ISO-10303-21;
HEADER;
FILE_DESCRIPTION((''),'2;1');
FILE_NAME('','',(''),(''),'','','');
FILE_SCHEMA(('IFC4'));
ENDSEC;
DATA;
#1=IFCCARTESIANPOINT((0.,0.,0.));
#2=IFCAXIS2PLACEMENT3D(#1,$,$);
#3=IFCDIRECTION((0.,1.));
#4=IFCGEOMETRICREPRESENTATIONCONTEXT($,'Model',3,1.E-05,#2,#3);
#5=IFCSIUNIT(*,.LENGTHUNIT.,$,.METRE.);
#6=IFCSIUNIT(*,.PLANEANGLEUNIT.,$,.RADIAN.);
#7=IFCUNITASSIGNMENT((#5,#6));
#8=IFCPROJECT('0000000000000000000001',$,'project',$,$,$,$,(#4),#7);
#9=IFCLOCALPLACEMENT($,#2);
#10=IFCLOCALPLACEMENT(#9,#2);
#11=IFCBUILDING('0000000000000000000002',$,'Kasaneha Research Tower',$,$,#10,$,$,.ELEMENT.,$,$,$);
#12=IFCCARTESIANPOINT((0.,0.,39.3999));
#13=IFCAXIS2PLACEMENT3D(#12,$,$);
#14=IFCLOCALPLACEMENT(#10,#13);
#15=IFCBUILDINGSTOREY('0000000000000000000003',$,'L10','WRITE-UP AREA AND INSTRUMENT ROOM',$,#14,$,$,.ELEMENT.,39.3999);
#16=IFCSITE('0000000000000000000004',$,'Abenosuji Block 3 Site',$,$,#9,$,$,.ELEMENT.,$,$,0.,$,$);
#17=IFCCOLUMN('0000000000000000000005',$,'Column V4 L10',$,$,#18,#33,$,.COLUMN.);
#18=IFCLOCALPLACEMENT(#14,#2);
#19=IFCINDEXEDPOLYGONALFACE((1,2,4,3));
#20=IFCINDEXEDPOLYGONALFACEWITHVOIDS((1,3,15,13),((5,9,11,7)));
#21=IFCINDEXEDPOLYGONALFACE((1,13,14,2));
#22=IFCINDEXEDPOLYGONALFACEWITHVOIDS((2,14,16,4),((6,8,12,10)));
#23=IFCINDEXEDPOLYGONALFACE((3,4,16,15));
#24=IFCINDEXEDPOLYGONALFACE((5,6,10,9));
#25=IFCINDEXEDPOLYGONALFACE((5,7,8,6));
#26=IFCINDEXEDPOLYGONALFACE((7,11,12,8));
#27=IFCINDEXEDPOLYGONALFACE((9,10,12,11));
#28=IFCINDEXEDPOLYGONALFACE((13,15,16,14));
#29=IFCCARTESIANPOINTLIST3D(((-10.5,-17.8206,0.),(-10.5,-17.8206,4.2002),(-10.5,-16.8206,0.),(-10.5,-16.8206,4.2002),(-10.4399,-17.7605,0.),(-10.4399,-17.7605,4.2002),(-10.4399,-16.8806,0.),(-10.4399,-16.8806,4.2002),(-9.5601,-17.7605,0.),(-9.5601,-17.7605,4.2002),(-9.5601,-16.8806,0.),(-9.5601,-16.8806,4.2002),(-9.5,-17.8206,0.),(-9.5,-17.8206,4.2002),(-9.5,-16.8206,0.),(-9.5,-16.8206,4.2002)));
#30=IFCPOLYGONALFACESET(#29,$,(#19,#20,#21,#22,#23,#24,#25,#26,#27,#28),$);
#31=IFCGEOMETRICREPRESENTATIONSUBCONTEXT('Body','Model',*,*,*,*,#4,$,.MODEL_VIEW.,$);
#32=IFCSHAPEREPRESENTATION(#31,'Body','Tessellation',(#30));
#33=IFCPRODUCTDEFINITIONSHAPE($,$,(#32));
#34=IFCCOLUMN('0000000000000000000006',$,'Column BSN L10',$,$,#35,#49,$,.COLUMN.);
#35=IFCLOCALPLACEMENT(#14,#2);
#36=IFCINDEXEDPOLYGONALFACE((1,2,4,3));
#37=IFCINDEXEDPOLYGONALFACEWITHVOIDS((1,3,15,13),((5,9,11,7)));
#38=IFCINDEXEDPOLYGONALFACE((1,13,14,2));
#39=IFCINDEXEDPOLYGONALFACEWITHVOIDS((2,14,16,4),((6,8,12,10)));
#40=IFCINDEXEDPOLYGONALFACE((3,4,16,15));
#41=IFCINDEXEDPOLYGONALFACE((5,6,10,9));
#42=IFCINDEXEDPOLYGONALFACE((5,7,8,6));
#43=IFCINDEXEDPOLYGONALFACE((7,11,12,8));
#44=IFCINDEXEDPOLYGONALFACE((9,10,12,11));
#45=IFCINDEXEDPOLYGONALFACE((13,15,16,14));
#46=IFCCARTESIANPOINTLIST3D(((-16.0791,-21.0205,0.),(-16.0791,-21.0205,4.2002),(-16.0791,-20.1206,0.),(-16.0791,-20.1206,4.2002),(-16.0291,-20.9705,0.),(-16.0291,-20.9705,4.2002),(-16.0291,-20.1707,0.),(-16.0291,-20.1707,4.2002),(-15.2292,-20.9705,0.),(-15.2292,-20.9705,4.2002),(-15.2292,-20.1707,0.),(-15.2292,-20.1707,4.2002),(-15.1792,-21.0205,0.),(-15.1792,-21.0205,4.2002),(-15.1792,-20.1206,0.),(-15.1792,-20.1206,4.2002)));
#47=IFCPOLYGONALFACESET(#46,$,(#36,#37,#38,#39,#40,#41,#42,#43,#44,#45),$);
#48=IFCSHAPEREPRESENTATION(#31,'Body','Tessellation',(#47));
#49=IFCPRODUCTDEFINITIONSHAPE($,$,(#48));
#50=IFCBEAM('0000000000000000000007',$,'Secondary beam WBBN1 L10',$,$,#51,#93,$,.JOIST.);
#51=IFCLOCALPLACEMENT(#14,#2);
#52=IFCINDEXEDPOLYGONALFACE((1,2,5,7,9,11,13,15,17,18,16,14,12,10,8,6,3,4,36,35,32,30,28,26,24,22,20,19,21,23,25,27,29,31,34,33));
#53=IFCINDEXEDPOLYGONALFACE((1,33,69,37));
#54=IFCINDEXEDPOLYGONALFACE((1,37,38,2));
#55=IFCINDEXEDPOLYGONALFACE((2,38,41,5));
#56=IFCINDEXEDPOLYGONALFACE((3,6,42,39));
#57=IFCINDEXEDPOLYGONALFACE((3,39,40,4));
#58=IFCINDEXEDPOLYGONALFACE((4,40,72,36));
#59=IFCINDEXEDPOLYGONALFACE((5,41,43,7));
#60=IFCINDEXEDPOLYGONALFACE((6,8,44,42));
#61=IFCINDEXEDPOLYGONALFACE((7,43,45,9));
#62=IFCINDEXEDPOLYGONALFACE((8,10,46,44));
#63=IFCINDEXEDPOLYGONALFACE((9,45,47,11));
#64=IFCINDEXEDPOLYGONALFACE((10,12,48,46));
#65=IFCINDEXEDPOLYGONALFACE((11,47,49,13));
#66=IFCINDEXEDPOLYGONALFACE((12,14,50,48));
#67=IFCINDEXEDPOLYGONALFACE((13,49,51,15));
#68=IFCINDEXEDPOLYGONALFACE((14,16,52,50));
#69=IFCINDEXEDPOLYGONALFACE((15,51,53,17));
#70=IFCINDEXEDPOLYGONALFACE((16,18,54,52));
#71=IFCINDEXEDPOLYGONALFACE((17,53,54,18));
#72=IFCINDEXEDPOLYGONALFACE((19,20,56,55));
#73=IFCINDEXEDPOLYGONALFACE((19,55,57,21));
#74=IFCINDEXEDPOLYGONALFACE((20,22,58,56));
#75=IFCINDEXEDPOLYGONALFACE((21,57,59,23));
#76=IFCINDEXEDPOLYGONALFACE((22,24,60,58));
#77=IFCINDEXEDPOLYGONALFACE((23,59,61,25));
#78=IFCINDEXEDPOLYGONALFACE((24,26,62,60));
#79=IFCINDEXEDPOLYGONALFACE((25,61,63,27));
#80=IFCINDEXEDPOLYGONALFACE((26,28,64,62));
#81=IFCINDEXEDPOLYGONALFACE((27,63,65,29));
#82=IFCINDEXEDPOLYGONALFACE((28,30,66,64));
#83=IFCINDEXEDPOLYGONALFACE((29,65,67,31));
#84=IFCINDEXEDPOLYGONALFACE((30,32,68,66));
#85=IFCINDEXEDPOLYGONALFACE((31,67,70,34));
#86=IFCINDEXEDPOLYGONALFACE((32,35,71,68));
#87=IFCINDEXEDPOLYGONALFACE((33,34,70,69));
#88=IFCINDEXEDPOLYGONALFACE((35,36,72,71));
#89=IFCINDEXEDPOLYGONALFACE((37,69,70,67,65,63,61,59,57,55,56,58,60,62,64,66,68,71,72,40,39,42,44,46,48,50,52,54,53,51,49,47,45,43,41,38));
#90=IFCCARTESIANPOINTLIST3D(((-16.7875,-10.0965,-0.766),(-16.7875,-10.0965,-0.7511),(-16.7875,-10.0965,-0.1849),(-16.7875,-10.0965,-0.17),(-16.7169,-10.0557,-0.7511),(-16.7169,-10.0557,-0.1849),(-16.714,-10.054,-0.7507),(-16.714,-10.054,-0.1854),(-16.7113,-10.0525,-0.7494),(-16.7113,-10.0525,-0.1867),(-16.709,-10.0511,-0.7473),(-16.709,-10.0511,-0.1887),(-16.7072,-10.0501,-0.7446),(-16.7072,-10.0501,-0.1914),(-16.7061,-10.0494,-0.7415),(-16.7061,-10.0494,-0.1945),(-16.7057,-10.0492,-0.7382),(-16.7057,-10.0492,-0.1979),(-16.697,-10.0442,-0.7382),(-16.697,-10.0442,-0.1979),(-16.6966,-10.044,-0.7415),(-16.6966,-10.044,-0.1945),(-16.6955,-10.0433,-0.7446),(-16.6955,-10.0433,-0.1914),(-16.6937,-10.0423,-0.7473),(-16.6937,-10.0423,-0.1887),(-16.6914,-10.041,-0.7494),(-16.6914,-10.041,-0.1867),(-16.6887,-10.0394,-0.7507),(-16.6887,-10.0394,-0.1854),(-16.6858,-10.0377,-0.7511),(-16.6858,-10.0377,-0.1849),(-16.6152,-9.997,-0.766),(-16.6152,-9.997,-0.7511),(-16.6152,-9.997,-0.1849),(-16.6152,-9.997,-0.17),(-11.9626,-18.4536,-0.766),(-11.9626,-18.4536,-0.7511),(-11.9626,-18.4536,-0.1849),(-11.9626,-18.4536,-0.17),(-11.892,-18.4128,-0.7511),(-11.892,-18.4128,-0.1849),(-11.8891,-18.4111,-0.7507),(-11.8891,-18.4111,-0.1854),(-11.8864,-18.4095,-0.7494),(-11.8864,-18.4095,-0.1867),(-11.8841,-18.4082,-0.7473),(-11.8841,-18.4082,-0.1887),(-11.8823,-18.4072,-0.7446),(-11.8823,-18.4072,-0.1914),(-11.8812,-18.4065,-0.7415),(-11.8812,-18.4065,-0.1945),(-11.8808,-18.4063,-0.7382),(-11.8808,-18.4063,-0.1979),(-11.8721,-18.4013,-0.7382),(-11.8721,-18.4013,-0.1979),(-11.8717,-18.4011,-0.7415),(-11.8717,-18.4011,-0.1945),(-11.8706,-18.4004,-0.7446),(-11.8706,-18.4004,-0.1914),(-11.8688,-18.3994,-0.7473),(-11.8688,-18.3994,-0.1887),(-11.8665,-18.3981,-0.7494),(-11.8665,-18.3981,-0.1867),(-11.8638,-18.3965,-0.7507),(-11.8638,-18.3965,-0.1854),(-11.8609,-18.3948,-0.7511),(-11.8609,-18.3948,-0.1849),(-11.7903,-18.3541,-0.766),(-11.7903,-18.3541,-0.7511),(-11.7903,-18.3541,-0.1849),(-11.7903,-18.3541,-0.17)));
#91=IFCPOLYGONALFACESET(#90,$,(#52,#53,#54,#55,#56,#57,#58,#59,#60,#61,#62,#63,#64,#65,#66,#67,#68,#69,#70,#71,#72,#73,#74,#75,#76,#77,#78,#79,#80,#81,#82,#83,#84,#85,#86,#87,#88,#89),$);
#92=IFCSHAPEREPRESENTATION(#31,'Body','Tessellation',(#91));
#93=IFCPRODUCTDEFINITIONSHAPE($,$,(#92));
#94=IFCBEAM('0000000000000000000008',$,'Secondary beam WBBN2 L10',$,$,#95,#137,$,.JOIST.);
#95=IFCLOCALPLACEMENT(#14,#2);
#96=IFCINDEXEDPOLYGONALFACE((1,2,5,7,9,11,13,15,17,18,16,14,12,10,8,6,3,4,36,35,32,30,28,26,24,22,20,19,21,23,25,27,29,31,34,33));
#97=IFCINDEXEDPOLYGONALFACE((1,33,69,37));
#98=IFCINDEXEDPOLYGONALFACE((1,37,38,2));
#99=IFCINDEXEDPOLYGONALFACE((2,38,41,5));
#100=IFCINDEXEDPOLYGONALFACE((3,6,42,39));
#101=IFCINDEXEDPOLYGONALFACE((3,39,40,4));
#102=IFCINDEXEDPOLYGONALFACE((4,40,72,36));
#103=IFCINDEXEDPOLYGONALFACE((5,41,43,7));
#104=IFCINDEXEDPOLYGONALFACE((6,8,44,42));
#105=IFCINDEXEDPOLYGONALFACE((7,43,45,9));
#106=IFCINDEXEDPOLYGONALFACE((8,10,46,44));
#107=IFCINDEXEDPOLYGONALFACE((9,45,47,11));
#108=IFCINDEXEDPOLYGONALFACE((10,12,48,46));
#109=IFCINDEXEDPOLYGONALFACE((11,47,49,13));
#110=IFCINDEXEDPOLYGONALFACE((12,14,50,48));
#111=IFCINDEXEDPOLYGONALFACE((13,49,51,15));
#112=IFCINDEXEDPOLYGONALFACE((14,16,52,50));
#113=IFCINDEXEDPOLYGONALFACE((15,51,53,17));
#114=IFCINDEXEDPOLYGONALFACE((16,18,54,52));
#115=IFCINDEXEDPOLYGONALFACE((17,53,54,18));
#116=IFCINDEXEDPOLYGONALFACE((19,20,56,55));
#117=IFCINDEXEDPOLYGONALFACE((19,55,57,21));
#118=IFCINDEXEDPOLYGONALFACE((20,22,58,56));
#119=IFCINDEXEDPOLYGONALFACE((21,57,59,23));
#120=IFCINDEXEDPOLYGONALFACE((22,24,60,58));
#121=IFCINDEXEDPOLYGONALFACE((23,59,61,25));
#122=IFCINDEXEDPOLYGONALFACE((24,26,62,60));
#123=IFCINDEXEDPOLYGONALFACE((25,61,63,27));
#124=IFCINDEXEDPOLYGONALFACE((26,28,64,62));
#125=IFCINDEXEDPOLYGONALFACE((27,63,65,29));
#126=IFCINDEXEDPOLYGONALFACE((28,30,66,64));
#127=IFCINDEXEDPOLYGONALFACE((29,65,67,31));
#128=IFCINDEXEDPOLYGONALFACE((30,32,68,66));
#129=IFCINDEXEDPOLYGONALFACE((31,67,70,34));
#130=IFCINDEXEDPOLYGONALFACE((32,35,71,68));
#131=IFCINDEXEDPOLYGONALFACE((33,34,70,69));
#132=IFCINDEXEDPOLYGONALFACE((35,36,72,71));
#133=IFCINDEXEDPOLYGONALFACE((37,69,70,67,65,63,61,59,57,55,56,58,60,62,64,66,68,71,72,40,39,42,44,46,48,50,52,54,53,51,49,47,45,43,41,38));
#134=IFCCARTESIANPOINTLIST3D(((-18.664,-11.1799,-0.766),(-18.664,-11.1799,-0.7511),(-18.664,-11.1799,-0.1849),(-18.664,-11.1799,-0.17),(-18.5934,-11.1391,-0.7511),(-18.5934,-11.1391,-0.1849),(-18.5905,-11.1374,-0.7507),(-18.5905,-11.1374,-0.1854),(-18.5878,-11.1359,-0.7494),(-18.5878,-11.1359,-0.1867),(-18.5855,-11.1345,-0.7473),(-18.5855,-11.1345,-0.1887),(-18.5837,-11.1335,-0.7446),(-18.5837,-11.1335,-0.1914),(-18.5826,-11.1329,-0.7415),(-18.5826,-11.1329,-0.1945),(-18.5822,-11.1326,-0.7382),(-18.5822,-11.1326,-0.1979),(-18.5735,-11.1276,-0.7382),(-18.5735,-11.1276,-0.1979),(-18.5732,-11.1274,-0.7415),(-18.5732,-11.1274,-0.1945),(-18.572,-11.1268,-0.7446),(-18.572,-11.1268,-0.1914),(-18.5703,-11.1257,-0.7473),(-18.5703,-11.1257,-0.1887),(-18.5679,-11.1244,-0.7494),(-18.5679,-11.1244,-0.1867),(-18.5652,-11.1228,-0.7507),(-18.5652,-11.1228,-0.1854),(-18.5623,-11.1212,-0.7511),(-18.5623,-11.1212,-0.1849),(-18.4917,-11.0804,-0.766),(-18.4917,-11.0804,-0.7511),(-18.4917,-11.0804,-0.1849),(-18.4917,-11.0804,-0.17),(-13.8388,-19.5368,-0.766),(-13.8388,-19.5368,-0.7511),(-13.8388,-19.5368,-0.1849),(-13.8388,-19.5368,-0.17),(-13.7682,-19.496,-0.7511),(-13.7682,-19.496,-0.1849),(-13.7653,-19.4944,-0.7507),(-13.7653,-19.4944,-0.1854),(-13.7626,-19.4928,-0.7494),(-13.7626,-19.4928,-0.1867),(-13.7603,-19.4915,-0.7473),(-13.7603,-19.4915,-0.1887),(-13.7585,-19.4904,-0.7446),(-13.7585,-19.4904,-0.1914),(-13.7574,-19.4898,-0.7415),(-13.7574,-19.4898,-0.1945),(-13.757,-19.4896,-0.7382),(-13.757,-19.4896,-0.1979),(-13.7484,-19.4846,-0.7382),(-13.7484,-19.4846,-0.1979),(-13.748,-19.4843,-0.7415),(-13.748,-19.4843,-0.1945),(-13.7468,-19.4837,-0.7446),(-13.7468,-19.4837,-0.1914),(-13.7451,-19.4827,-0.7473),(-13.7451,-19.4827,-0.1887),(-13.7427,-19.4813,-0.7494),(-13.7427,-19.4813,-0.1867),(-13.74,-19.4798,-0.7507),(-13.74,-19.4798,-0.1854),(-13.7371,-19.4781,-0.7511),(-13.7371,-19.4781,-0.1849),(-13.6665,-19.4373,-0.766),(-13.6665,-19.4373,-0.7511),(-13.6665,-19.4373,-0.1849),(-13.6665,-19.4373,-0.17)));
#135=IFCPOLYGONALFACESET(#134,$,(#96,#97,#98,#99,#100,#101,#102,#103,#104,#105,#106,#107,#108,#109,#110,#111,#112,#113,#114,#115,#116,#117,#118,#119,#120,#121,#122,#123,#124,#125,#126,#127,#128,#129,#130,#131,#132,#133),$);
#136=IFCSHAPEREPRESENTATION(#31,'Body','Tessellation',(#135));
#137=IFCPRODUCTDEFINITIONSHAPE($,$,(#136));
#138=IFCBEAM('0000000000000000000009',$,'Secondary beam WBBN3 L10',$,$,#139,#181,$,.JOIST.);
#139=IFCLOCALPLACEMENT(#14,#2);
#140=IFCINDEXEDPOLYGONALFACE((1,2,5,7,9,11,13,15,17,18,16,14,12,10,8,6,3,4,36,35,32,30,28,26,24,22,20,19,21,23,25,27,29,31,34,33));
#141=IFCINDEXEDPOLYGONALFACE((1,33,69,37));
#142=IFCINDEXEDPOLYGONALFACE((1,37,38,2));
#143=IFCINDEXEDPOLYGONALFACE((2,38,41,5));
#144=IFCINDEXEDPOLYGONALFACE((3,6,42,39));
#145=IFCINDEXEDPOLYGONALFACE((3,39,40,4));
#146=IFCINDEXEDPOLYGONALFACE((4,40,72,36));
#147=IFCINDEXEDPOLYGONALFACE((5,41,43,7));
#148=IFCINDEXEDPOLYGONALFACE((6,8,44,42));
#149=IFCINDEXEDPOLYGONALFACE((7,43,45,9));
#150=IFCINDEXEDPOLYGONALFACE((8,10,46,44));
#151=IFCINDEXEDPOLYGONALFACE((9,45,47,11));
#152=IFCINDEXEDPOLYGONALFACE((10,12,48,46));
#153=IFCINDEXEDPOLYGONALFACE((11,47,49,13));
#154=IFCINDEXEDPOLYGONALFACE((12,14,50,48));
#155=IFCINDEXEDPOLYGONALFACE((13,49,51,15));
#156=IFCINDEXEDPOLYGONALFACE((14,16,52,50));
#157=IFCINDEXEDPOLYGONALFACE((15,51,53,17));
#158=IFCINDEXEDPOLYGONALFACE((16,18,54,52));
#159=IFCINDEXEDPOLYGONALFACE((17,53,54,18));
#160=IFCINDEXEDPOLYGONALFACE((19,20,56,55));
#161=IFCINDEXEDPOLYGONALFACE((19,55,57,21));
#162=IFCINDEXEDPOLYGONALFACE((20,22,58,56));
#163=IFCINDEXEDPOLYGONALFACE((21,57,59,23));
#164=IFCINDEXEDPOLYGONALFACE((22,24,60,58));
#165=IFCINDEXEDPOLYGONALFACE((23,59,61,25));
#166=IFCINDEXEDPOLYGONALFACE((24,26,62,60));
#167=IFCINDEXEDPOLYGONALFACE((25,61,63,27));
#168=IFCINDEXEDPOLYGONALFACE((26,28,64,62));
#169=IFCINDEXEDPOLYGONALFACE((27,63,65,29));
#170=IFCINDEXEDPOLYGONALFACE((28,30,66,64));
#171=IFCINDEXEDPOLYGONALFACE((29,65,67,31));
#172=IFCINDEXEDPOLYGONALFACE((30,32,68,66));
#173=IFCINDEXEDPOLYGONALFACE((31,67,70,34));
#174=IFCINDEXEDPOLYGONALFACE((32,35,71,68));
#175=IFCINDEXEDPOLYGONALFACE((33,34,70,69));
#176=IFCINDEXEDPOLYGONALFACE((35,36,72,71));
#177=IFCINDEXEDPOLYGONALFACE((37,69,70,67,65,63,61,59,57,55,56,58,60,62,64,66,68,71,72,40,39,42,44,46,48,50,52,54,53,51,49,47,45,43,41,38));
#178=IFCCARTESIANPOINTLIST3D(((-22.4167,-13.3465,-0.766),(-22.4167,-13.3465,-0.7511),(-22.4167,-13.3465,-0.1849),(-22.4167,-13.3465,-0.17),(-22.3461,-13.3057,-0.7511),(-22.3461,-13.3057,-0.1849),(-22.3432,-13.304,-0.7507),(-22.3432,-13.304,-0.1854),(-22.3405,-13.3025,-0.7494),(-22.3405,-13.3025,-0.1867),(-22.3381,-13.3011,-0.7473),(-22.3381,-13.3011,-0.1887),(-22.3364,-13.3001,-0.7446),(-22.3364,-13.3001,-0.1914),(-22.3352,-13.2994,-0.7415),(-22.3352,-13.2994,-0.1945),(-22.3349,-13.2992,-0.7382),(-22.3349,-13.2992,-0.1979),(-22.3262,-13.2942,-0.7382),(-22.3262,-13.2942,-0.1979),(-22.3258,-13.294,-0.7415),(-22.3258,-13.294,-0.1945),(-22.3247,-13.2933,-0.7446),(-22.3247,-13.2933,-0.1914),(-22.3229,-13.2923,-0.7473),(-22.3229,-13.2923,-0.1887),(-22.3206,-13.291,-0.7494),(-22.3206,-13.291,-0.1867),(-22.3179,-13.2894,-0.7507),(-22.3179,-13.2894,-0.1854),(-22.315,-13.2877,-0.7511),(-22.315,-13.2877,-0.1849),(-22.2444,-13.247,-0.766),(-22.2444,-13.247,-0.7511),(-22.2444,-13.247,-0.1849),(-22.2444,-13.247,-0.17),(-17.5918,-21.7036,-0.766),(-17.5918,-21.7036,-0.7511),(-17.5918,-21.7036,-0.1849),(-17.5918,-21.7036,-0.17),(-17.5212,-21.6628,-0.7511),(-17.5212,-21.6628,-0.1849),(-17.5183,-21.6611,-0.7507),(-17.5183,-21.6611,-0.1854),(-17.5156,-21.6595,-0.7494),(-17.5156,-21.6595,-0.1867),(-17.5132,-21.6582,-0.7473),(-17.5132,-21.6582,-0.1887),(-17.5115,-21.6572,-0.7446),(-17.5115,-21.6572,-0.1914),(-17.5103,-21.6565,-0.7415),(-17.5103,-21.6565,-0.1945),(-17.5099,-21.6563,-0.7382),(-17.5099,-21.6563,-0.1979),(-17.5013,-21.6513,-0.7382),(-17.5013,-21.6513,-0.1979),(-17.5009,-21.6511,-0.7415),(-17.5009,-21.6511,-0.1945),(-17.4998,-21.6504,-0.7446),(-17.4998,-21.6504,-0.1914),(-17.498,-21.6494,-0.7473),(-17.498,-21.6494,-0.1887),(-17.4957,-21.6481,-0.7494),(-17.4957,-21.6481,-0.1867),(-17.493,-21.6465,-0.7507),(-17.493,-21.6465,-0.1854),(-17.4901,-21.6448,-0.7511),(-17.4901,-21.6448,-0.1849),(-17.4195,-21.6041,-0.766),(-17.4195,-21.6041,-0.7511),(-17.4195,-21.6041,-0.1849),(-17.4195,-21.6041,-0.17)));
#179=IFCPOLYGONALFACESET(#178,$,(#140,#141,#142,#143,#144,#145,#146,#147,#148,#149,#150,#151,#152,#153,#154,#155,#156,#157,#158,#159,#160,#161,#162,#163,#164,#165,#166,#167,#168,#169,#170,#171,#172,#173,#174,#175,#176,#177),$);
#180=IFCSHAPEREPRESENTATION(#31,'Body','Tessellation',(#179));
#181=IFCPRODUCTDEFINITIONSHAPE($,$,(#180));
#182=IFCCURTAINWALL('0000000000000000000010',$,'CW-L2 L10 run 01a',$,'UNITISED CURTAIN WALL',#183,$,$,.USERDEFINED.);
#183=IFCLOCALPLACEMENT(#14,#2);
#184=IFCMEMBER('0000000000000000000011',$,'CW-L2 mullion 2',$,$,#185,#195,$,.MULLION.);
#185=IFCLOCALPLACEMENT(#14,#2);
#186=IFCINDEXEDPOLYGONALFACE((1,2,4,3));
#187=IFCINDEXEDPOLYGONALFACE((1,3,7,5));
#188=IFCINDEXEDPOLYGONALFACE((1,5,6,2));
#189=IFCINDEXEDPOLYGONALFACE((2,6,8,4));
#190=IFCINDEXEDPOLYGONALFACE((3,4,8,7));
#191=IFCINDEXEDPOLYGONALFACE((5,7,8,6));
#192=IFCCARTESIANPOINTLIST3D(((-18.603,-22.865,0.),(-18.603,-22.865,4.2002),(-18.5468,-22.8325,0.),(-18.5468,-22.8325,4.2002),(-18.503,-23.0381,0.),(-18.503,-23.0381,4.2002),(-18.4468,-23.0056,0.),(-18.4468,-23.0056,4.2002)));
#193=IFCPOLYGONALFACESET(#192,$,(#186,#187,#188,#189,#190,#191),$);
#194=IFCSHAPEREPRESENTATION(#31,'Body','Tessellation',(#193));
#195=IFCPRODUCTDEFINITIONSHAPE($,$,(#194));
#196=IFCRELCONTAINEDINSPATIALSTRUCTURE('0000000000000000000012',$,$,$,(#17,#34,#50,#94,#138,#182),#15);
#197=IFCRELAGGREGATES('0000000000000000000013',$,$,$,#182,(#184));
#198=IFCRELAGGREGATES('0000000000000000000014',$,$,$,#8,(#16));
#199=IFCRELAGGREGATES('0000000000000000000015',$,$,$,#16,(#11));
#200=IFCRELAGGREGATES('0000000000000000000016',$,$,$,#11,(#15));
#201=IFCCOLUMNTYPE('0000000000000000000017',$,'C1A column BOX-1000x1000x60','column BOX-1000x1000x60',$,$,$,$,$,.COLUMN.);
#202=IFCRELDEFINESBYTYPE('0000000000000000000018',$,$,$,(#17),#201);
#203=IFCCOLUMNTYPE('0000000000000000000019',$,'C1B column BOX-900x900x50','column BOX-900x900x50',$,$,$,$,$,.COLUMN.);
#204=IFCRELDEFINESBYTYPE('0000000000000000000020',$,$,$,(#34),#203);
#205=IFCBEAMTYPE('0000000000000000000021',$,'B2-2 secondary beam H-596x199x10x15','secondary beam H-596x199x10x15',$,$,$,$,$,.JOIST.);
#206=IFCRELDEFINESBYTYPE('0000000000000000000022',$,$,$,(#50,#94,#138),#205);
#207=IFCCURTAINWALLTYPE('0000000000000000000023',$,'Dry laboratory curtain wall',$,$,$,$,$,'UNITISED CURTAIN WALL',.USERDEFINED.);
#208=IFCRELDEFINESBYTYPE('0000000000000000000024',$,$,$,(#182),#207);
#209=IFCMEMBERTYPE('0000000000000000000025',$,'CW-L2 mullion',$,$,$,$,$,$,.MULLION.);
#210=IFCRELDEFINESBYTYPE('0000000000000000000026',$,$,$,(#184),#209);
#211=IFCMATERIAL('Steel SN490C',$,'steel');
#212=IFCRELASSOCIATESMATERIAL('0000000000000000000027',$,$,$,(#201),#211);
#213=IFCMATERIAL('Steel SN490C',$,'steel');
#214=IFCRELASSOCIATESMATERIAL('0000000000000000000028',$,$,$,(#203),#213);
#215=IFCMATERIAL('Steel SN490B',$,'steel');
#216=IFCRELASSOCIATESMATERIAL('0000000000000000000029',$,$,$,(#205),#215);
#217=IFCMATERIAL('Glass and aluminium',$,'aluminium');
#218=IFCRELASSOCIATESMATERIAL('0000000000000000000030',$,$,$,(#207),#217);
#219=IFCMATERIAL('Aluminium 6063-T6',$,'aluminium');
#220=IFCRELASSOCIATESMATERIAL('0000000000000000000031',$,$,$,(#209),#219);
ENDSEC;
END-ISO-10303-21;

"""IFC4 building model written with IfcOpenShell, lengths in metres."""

from ifc_helpers import new_model, si_unit, direction, frame, origin, origin_2d, place, context, subcontext, project, spatial, rectangle, hollow_rectangle, i_section, extrude, material, material_profile, profile_set, type_object, element, aggregate, save


model = new_model("IFC4")

# Units and contexts
model_context = context("Model", 3, precision=1e-05, world=origin(), true_north=direction((0.0, 1.0)))
body_context = subcontext(model_context, "Body", "Model", "MODEL_VIEW")
ifc_project = project(units=[si_unit("LENGTHUNIT", "METRE"), si_unit("PLANEANGLEUNIT", "RADIAN")], contexts=[model_context])

# Site, building, storey
site_placement = place(None, origin())
site = spatial("IfcSite", under=ifc_project, at=site_placement, Name="Abenosuji Block 3 Site", CompositionType="ELEMENT", RefElevation=0.0)
building_placement = place(site_placement, origin())
building = spatial("IfcBuilding", under=site, at=building_placement, Name="Kasaneha Research Tower", CompositionType="ELEMENT")
storey_placement = place(building_placement, frame((0.0, 0.0, 39.3999)))
storey = spatial("IfcBuildingStorey", under=building, at=storey_placement, Name="L10", Description="WRITE-UP AREA AND INSTRUMENT ROOM", CompositionType="ELEMENT", Elevation=39.3999)

# Columns
ifc_material_1 = material(Name="Steel SN490C", Category="steel")
ifc_material_profile_1 = material_profile(ifc_material_1, hollow_rectangle(XDim=1.0, YDim=1.0, WallThickness=0.0601, at=origin_2d()), Name="BOX-1000x1000x60")
ifc_profile_set_1 = profile_set([ifc_material_profile_1], Name="Steel SN490C")
column_type_1 = type_object("IfcColumnType", Name="C1A column BOX-1000x1000x60", Description="column BOX-1000x1000x60", PredefinedType="COLUMN", material=ifc_profile_set_1)
column_1_placement = place(storey_placement, frame((-10.0, -17.3206, 0.0), z_axis=(0.0, 0.0, 1.0), x_axis=(1.0, 0.0, 0.0)))
element("IfcColumn", 1, at=column_1_placement, inside=storey, type_object=column_type_1, Name="Column V4 L10", PredefinedType="COLUMN", context=body_context, shape_type="SweptSolid", body=[
    extrude(hollow_rectangle(XDim=1.0, YDim=1.0, WallThickness=0.0601, at=origin_2d()), origin(), (0.0, 0.0, 1.0), 4.2002),
])
ifc_material_2 = material(Name="Steel SN490C", Category="steel")
ifc_material_profile_2 = material_profile(ifc_material_2, hollow_rectangle(XDim=0.8999, YDim=0.8999, WallThickness=0.05, at=origin_2d()), Name="BOX-900x900x50")
ifc_profile_set_2 = profile_set([ifc_material_profile_2], Name="Steel SN490C")
column_type_2 = type_object("IfcColumnType", Name="C1B column BOX-900x900x50", Description="column BOX-900x900x50", PredefinedType="COLUMN", material=ifc_profile_set_2)
column_2_placement = place(storey_placement, frame((-15.6292, -20.5706, 0.0), z_axis=(0.0, 0.0, 1.0), x_axis=(1.0, 0.0, 0.0)))
element("IfcColumn", 2, at=column_2_placement, inside=storey, type_object=column_type_2, Name="Column BSN L10", PredefinedType="COLUMN", context=body_context, shape_type="SweptSolid", body=[
    extrude(hollow_rectangle(XDim=0.8999, YDim=0.8999, WallThickness=0.05, at=origin_2d()), origin(), (0.0, 0.0, 1.0), 4.2002),
])

# Beams
ifc_material_3 = material(Name="Steel SN490B", Category="steel")
ifc_material_profile_3 = material_profile(ifc_material_3, i_section(OverallWidth=0.199, OverallDepth=0.5959, WebThickness=0.01, FlangeThickness=0.0149, FilletRadius=0.0129, at=origin_2d()), Name="H-596x199x10x15")
ifc_profile_set_3 = profile_set([ifc_material_profile_3], Name="Steel SN490B")
beam_type_1 = type_object("IfcBeamType", Name="B2-2 secondary beam H-596x199x10x15", Description="secondary beam H-596x199x10x15", PredefinedType="JOIST", material=ifc_profile_set_3)
for number, where, z_axis, x_axis, name in (
    (3, (-11.8765, -18.4038, -0.468), (-0.499995, 0.866028, 0.0), (-0.866028, -0.499995, 0.0), "Secondary beam WBBN1 L10"),
    (4, (-13.7527, -19.4871, -0.468), (-0.500025, 0.866011, 0.0), (-0.866011, -0.500025, 0.0), "Secondary beam WBBN2 L10"),
    (5, (-17.5056, -21.6538, -0.468), (-0.499995, 0.866028, 0.0), (-0.866028, -0.499995, 0.0), "Secondary beam WBBN3 L10"),
):
    element("IfcBeam", number, at=place(storey_placement, frame(where, z_axis=z_axis, x_axis=x_axis)), inside=storey, type_object=beam_type_1, Name=name, PredefinedType="JOIST", context=body_context, shape_type="SweptSolid", body=[
        extrude(i_section(OverallWidth=0.199, OverallDepth=0.5959, WebThickness=0.01, FlangeThickness=0.0149, FilletRadius=0.0129, at=origin_2d()), origin(), (0.0, 0.0, 1.0), 9.6499),
    ])

# Curtain wall, member
ifc_material_4 = material(Name="Glass and aluminium", Category="aluminium")
curtain_wall_type = type_object("IfcCurtainWallType", Name="Dry laboratory curtain wall", ElementType="UNITISED CURTAIN WALL", PredefinedType="USERDEFINED", material=ifc_material_4)
curtain_wall_1_placement = place(storey_placement, origin())
curtain_wall_1 = element("IfcCurtainWall", 6, at=curtain_wall_1_placement, inside=storey, type_object=curtain_wall_type, Name="CW-L2 L10 run 01a", ObjectType="UNITISED CURTAIN WALL", PredefinedType="USERDEFINED")
ifc_material_5 = material(Name="Aluminium 6063-T6", Category="aluminium")
ifc_material_profile_4 = material_profile(ifc_material_5, rectangle(XDim=0.0649, YDim=0.2, at=origin_2d()), Name="CW-L2 mullion 65x200")
ifc_profile_set_4 = profile_set([ifc_material_profile_4], Name="Aluminium 6063-T6")
member_type_1 = type_object("IfcMemberType", Name="CW-L2 mullion", PredefinedType="MULLION", material=ifc_profile_set_4)
member_1_placement = place(storey_placement, frame((-18.5249, -22.9353, 0.0), z_axis=(0.0, 0.0, 1.0), x_axis=(0.866025, 0.5, 0.0)))
member_1 = element("IfcMember", 7, at=member_1_placement, type_object=member_type_1, Name="CW-L2 mullion 2", PredefinedType="MULLION", context=body_context, shape_type="SweptSolid", body=[
    extrude(rectangle(XDim=0.0649, YDim=0.2, at=origin_2d()), origin(), (0.0, 0.0, 1.0), 4.2002),
])

aggregate(curtain_wall_1, [member_1])

save(model, "model.ifc")
